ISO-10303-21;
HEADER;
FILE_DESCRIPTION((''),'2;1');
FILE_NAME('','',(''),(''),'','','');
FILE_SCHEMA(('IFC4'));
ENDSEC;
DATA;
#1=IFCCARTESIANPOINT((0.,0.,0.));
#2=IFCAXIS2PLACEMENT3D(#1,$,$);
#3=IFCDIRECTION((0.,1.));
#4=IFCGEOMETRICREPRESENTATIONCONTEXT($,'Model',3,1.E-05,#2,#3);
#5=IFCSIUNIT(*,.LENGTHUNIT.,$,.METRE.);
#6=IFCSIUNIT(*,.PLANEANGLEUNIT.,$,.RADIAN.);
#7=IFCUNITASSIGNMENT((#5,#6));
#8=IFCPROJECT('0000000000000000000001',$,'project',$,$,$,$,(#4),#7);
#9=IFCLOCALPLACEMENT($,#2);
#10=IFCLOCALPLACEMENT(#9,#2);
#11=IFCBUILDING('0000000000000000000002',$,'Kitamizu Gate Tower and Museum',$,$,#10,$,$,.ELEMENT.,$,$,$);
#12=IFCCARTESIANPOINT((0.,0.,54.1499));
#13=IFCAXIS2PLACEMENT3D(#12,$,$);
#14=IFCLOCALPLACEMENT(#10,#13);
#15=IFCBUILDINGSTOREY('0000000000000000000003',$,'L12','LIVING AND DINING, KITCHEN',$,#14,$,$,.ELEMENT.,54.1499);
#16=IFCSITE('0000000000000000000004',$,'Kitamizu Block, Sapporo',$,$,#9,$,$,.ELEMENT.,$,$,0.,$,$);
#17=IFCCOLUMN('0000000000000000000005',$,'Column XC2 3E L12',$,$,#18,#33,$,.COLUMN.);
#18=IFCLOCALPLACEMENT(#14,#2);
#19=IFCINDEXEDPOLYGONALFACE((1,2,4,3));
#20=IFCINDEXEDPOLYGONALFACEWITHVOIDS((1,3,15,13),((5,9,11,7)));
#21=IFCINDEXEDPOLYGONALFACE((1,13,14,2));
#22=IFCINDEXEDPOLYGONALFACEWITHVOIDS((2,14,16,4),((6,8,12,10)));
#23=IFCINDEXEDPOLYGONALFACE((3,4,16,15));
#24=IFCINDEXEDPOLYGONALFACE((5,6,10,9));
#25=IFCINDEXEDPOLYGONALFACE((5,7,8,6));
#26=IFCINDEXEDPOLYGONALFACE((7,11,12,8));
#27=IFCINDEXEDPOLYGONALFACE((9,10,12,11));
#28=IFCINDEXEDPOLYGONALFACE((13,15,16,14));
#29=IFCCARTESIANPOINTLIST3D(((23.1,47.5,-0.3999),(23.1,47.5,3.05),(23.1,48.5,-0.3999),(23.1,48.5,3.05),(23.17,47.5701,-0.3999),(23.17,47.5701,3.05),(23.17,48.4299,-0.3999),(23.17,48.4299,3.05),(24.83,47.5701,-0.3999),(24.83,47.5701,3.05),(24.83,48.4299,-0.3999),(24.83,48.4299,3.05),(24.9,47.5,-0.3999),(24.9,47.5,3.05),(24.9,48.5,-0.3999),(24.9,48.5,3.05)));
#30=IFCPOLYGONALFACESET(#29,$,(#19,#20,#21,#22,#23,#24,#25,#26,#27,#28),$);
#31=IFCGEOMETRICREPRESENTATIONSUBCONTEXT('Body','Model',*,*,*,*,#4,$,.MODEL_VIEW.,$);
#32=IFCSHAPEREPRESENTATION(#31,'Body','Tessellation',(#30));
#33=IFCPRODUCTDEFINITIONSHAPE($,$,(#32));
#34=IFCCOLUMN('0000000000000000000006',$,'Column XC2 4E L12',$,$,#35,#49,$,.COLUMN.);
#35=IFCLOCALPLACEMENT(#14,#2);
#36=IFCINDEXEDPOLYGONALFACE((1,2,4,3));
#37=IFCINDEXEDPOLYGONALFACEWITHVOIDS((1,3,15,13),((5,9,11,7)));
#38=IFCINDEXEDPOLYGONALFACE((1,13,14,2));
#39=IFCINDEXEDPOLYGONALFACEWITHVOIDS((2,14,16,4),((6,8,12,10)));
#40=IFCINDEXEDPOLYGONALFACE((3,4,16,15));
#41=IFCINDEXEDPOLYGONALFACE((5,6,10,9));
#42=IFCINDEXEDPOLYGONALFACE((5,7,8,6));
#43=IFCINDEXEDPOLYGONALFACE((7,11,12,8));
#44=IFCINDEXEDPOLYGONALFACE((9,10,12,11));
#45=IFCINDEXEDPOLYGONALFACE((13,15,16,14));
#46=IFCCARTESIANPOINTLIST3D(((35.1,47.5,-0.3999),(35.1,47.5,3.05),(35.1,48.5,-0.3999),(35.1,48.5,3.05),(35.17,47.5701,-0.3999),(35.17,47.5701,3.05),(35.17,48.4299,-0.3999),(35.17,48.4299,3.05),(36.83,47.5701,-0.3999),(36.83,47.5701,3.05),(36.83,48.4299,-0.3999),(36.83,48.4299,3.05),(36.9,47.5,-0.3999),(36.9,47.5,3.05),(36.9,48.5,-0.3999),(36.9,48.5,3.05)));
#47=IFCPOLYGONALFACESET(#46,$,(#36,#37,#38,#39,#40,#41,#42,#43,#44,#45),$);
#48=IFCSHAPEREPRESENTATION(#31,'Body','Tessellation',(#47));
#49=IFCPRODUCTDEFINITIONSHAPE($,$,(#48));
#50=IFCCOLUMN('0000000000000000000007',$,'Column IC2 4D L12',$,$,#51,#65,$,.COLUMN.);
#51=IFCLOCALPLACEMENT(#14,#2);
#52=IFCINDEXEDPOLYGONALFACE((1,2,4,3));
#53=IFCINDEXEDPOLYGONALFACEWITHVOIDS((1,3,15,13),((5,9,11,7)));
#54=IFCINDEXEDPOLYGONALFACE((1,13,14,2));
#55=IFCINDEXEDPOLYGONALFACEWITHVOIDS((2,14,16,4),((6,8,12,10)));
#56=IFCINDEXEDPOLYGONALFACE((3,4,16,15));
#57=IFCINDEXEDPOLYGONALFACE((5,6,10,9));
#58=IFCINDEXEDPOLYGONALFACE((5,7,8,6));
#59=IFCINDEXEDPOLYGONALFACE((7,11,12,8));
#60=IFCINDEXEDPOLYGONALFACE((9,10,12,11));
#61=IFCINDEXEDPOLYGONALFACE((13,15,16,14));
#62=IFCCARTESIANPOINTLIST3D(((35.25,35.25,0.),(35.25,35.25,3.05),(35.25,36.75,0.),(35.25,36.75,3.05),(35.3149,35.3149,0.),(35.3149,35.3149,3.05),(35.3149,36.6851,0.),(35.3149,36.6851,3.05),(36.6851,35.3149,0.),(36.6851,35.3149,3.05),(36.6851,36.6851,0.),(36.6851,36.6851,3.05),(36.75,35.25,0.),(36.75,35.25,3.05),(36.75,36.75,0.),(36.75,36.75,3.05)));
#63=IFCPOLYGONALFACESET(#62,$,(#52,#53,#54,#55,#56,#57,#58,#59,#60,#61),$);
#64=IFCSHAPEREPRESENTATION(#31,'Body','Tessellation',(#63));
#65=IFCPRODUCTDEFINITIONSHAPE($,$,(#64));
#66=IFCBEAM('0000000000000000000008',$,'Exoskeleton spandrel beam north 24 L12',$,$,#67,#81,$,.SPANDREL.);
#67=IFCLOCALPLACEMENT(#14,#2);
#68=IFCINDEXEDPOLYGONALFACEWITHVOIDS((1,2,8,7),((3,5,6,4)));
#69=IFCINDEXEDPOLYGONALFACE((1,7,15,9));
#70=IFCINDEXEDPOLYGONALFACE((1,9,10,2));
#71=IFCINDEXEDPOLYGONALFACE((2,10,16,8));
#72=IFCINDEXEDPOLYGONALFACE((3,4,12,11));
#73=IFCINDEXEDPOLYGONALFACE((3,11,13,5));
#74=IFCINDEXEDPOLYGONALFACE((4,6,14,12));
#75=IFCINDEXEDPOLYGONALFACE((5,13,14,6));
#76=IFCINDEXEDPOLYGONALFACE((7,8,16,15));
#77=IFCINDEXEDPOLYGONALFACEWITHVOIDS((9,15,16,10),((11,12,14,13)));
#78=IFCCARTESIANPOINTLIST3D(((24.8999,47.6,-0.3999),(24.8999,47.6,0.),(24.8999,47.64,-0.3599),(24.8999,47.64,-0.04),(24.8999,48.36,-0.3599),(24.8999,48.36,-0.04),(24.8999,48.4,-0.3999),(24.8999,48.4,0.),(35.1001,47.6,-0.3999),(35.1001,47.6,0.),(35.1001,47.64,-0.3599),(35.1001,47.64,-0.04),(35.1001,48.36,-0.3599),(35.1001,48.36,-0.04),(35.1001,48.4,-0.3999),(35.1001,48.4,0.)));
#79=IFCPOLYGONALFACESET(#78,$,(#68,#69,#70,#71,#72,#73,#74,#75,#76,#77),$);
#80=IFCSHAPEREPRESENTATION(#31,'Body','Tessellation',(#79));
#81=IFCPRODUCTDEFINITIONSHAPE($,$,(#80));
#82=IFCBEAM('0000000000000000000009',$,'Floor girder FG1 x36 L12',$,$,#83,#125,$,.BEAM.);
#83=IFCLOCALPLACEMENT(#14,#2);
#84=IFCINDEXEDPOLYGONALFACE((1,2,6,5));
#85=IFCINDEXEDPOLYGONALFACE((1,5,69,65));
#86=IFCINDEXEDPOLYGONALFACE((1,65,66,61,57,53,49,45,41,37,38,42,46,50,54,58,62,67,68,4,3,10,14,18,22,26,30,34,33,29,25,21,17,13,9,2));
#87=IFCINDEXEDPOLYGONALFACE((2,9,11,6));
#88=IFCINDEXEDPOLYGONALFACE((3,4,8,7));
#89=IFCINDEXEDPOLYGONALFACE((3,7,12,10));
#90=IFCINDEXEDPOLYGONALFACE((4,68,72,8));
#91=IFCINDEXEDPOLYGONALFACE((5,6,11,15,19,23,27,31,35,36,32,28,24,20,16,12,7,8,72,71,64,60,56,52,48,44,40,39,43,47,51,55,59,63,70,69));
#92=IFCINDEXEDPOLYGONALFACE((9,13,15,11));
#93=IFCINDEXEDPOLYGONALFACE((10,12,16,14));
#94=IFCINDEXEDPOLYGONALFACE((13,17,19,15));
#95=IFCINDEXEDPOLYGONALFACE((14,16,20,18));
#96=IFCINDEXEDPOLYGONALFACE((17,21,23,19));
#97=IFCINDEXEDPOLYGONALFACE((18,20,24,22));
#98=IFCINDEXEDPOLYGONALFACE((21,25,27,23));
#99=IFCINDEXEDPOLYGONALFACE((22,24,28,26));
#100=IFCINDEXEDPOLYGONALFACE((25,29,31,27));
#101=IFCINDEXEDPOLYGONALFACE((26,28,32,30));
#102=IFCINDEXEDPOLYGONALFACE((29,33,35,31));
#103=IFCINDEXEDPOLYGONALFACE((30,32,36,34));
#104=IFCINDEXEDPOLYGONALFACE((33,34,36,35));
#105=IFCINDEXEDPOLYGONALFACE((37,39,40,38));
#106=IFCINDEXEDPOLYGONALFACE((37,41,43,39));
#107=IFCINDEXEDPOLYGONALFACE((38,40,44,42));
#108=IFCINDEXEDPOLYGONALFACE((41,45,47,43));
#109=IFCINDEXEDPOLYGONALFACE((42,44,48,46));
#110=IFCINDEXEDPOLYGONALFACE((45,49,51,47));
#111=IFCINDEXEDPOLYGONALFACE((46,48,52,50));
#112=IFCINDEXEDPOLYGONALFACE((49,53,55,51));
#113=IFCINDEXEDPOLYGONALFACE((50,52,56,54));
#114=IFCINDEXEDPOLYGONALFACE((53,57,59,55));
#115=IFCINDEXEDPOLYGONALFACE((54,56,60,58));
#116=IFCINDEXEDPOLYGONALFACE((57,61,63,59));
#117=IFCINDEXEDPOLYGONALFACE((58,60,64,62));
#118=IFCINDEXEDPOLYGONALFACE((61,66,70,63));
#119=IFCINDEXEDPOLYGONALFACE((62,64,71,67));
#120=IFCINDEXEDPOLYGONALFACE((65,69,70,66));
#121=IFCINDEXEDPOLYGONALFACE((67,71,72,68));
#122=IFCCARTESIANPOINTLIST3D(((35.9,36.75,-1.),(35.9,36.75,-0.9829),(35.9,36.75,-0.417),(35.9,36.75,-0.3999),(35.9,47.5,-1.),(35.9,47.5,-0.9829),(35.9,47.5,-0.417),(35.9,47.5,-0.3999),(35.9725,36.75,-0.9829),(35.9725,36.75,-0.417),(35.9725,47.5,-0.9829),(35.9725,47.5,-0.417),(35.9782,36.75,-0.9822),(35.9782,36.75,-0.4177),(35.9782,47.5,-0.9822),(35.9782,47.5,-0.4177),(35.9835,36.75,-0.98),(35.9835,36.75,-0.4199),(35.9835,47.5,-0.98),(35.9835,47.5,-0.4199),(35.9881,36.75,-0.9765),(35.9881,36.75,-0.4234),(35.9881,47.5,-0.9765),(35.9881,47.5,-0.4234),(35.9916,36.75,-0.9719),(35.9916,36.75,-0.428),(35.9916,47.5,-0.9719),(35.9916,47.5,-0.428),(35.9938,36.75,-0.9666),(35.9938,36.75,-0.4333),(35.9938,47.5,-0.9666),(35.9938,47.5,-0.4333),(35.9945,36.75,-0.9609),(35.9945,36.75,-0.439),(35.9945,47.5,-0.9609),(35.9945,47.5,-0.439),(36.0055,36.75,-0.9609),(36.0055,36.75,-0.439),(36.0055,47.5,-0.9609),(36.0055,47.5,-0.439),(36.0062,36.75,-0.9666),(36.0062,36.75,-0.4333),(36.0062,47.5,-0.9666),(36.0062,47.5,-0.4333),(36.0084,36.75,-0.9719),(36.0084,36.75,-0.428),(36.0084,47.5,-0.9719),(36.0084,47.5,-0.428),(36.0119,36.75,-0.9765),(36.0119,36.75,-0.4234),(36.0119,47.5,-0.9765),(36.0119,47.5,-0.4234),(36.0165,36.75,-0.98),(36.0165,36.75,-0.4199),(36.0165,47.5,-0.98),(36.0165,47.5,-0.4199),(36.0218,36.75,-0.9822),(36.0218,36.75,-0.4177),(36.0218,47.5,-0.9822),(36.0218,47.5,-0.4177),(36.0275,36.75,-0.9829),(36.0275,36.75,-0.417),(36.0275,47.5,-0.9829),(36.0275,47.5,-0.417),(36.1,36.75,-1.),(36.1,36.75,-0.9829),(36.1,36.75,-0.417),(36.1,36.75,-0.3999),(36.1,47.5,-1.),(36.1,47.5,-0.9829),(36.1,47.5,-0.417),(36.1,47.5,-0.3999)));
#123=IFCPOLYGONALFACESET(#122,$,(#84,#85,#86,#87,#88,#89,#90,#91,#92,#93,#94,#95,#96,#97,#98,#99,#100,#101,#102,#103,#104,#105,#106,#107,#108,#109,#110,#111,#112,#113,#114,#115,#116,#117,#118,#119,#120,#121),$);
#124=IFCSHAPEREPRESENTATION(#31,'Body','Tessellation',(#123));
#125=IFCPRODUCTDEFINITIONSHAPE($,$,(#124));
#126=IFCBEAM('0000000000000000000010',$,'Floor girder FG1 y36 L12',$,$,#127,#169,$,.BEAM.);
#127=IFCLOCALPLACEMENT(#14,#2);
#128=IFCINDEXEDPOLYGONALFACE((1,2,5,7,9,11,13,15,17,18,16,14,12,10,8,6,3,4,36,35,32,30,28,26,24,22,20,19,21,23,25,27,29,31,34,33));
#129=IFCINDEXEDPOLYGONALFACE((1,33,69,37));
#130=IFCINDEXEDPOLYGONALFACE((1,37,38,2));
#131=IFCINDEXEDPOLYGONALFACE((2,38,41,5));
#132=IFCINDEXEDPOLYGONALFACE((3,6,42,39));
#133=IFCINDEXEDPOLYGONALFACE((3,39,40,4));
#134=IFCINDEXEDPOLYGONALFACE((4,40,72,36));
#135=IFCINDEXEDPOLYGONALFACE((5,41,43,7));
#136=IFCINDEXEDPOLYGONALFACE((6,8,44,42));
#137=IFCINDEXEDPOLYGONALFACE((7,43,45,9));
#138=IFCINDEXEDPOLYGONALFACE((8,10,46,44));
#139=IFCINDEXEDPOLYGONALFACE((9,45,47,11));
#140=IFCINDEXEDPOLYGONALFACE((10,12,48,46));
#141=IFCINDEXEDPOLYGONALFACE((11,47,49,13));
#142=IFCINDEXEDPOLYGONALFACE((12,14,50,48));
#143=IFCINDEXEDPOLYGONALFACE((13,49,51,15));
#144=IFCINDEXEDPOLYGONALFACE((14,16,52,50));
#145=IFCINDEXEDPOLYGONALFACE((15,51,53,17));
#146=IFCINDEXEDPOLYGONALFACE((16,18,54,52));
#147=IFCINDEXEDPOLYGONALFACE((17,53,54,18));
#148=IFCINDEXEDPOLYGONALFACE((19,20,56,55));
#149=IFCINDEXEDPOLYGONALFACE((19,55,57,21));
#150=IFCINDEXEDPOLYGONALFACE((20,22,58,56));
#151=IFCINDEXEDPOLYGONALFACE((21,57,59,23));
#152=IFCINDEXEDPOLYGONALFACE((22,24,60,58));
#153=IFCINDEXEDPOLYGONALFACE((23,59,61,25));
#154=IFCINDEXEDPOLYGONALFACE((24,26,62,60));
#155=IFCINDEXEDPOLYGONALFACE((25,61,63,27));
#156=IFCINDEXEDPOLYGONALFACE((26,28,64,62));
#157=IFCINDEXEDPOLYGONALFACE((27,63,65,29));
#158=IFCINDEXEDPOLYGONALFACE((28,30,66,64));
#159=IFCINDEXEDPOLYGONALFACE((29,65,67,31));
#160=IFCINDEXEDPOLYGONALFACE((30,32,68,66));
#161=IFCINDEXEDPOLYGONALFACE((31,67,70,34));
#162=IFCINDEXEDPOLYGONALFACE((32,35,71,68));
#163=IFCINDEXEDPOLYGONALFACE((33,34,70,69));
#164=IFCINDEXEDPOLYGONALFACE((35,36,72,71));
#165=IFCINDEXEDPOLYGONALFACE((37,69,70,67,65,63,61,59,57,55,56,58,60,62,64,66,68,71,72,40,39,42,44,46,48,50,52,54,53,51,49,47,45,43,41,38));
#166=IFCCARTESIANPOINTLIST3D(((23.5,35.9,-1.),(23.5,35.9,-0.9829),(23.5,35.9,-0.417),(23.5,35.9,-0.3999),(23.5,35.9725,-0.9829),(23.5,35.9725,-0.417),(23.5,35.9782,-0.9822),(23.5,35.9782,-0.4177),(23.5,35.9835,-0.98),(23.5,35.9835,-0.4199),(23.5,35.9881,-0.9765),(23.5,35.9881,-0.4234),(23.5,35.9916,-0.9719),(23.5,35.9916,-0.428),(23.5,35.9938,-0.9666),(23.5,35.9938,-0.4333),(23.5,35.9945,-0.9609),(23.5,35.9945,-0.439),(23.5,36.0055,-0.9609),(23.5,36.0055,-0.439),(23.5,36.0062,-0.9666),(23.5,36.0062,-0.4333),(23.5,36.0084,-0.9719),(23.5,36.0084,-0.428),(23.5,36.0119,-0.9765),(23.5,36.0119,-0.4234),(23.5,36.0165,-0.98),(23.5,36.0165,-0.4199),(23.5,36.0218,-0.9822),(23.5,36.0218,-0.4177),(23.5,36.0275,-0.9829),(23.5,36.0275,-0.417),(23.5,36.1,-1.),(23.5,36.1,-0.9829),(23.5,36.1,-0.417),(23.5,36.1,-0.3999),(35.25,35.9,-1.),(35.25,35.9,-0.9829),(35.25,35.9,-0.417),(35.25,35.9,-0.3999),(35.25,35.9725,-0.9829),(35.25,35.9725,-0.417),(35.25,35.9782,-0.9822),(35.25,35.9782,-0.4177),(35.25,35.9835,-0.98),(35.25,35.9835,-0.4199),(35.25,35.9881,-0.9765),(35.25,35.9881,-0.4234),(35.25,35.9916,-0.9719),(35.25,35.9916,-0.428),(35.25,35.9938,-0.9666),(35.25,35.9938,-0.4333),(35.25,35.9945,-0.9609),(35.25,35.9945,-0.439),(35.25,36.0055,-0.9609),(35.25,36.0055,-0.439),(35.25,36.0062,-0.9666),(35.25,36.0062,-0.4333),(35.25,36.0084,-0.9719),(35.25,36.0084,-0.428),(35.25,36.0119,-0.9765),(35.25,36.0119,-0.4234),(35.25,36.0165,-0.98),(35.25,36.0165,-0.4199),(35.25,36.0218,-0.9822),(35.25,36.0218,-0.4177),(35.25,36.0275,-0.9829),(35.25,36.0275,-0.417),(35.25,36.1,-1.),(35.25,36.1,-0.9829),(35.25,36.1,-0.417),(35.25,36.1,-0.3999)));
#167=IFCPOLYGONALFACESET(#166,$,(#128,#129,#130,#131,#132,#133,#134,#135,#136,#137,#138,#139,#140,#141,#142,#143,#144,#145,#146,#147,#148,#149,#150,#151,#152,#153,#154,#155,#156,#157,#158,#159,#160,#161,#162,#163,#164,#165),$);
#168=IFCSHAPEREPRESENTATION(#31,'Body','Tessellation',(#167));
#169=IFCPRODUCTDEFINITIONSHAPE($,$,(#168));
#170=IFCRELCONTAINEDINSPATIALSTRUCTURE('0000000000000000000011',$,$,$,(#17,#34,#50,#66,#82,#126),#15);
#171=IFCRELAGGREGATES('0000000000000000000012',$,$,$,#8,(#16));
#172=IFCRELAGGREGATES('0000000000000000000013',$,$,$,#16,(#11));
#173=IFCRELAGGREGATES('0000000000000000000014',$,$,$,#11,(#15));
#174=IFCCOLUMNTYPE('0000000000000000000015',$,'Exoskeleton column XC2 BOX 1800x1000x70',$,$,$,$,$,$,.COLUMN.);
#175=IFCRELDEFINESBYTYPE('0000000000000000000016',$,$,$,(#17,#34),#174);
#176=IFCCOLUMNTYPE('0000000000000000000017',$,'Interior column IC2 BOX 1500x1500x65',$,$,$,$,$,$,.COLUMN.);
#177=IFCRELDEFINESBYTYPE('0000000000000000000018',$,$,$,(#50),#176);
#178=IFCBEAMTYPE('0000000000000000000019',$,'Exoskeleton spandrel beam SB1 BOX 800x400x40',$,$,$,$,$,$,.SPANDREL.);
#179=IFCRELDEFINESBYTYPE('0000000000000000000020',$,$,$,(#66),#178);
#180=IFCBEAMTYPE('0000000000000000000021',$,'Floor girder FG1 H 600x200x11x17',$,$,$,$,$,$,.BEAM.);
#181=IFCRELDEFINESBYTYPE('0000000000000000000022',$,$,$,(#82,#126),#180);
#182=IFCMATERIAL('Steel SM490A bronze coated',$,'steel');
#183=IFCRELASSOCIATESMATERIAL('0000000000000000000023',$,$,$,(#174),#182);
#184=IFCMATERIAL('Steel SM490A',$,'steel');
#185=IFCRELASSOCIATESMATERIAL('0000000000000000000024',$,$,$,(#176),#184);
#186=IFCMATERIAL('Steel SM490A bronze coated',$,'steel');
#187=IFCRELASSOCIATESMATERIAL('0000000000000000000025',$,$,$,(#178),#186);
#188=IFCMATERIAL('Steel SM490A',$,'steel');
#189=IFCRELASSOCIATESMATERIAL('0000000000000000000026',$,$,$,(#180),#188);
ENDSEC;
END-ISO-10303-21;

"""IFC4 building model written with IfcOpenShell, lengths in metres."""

from ifc_helpers import new_model, si_unit, direction, frame, origin, origin_2d, place, context, subcontext, project, spatial, hollow_rectangle, i_section, extrude, material, material_profile, profile_set, type_object, element, save


model = new_model("IFC4")

# Units and contexts
model_context = context("Model", 3, precision=1e-05, world=origin(), true_north=direction((0.0, 1.0)))
body_context = subcontext(model_context, "Body", "Model", "MODEL_VIEW")
ifc_project = project(units=[si_unit("LENGTHUNIT", "METRE"), si_unit("PLANEANGLEUNIT", "RADIAN")], contexts=[model_context])

# Site, building, storey
site_placement = place(None, origin())
site = spatial("IfcSite", under=ifc_project, at=site_placement, Name="Kitamizu Block, Sapporo", CompositionType="ELEMENT", RefElevation=0.0)
building_placement = place(site_placement, origin())
building = spatial("IfcBuilding", under=site, at=building_placement, Name="Kitamizu Gate Tower and Museum", CompositionType="ELEMENT")
storey_placement = place(building_placement, frame((0.0, 0.0, 54.1499)))
storey = spatial("IfcBuildingStorey", under=building, at=storey_placement, Name="L12", Description="LIVING AND DINING, KITCHEN", CompositionType="ELEMENT", Elevation=54.1499)

# Columns
ifc_material_1 = material(Name="Steel SM490A bronze coated", Category="steel")
ifc_material_profile_1 = material_profile(ifc_material_1, hollow_rectangle(XDim=1.8, YDim=1.0, WallThickness=0.0701, at=origin_2d()), Name="BOX 1800x1000x70")
ifc_profile_set_1 = profile_set([ifc_material_profile_1], Name="Steel SM490A bronze coated")
column_type_1 = type_object("IfcColumnType", Name="Exoskeleton column XC2 BOX 1800x1000x70", PredefinedType="COLUMN", material=ifc_profile_set_1)
for number, where, z_axis, x_axis, name in (
    (1, (24.0, 48.0, -0.3999), (0.0, 0.0, 1.0), (1.0, 0.0, 0.0), "Column XC2 3E L12"),
    (2, (36.0, 48.0, -0.3999), (0.0, 0.0, 1.0), (1.0, 0.0, 0.0), "Column XC2 4E L12"),
):
    element("IfcColumn", number, at=place(storey_placement, frame(where, z_axis=z_axis, x_axis=x_axis)), inside=storey, type_object=column_type_1, Name=name, PredefinedType="COLUMN", context=body_context, shape_type="SweptSolid", body=[
        extrude(hollow_rectangle(XDim=1.8, YDim=1.0, WallThickness=0.0701, at=origin_2d()), origin(), (0.0, 0.0, 1.0), 3.45),
    ])
ifc_material_2 = material(Name="Steel SM490A", Category="steel")
ifc_material_profile_2 = material_profile(ifc_material_2, hollow_rectangle(XDim=1.5, YDim=1.5, WallThickness=0.0649, at=origin_2d()), Name="BOX 1500x1500x65")
ifc_profile_set_2 = profile_set([ifc_material_profile_2], Name="Steel SM490A")
column_type_2 = type_object("IfcColumnType", Name="Interior column IC2 BOX 1500x1500x65", PredefinedType="COLUMN", material=ifc_profile_set_2)
column_placement = place(storey_placement, frame((36.0, 36.0, 0.0), z_axis=(0.0, 0.0, 1.0), x_axis=(1.0, 0.0, 0.0)))
element("IfcColumn", 3, at=column_placement, inside=storey, type_object=column_type_2, Name="Column IC2 4D L12", PredefinedType="COLUMN", context=body_context, shape_type="SweptSolid", body=[
    extrude(hollow_rectangle(XDim=1.5, YDim=1.5, WallThickness=0.0649, at=origin_2d()), origin(), (0.0, 0.0, 1.0), 3.05),
])

# Beams
ifc_material_3 = material(Name="Steel SM490A bronze coated", Category="steel")
ifc_material_profile_3 = material_profile(ifc_material_3, hollow_rectangle(XDim=0.8, YDim=0.3999, WallThickness=0.04, at=origin_2d()), Name="BOX 800x400x40")
ifc_profile_set_3 = profile_set([ifc_material_profile_3], Name="Steel SM490A bronze coated")
beam_type_1 = type_object("IfcBeamType", Name="Exoskeleton spandrel beam SB1 BOX 800x400x40", PredefinedType="SPANDREL", material=ifc_profile_set_3)
beam_1_placement = place(storey_placement, frame((24.8999, 48.0, -0.2), z_axis=(1.0, 0.0, 0.0), x_axis=(0.0, 1.0, 0.0)))
element("IfcBeam", 4, at=beam_1_placement, inside=storey, type_object=beam_type_1, Name="Exoskeleton spandrel beam north 24 L12", PredefinedType="SPANDREL", context=body_context, shape_type="SweptSolid", body=[
    extrude(hollow_rectangle(XDim=0.8, YDim=0.3999, WallThickness=0.04, at=origin_2d()), origin(), (0.0, 0.0, 1.0), 10.2002),
])
ifc_material_4 = material(Name="Steel SM490A", Category="steel")
ifc_material_profile_4 = material_profile(ifc_material_4, i_section(OverallWidth=0.2, OverallDepth=0.6001, WebThickness=0.011, FlangeThickness=0.0171, FilletRadius=0.022, at=origin_2d()), Name="H-600x200x11x17")
ifc_profile_set_4 = profile_set([ifc_material_profile_4], Name="Steel SM490A")
beam_type_2 = type_object("IfcBeamType", Name="Floor girder FG1 H 600x200x11x17", PredefinedType="BEAM", material=ifc_profile_set_4)
beam_2_placement = place(storey_placement, frame((36.0, 36.75, -0.7), z_axis=(0.0, 1.0, 0.0), x_axis=(-1.0, 0.0, 0.0)))
element("IfcBeam", 5, at=beam_2_placement, inside=storey, type_object=beam_type_2, Name="Floor girder FG1 x36 L12", PredefinedType="BEAM", context=body_context, shape_type="SweptSolid", body=[
    extrude(i_section(OverallWidth=0.2, OverallDepth=0.6001, WebThickness=0.011, FlangeThickness=0.0171, FilletRadius=0.022, at=origin_2d()), origin(), (0.0, 0.0, 1.0), 10.75),
])
beam_3_placement = place(storey_placement, frame((23.5, 36.0, -0.7), z_axis=(1.0, 0.0, 0.0), x_axis=(0.0, 1.0, 0.0)))
element("IfcBeam", 6, at=beam_3_placement, inside=storey, type_object=beam_type_2, Name="Floor girder FG1 y36 L12", PredefinedType="BEAM", context=body_context, shape_type="SweptSolid", body=[
    extrude(i_section(OverallWidth=0.2, OverallDepth=0.6001, WebThickness=0.011, FlangeThickness=0.0171, FilletRadius=0.022, at=origin_2d()), origin(), (0.0, 0.0, 1.0), 11.75),
])

save(model, "model.ifc")
